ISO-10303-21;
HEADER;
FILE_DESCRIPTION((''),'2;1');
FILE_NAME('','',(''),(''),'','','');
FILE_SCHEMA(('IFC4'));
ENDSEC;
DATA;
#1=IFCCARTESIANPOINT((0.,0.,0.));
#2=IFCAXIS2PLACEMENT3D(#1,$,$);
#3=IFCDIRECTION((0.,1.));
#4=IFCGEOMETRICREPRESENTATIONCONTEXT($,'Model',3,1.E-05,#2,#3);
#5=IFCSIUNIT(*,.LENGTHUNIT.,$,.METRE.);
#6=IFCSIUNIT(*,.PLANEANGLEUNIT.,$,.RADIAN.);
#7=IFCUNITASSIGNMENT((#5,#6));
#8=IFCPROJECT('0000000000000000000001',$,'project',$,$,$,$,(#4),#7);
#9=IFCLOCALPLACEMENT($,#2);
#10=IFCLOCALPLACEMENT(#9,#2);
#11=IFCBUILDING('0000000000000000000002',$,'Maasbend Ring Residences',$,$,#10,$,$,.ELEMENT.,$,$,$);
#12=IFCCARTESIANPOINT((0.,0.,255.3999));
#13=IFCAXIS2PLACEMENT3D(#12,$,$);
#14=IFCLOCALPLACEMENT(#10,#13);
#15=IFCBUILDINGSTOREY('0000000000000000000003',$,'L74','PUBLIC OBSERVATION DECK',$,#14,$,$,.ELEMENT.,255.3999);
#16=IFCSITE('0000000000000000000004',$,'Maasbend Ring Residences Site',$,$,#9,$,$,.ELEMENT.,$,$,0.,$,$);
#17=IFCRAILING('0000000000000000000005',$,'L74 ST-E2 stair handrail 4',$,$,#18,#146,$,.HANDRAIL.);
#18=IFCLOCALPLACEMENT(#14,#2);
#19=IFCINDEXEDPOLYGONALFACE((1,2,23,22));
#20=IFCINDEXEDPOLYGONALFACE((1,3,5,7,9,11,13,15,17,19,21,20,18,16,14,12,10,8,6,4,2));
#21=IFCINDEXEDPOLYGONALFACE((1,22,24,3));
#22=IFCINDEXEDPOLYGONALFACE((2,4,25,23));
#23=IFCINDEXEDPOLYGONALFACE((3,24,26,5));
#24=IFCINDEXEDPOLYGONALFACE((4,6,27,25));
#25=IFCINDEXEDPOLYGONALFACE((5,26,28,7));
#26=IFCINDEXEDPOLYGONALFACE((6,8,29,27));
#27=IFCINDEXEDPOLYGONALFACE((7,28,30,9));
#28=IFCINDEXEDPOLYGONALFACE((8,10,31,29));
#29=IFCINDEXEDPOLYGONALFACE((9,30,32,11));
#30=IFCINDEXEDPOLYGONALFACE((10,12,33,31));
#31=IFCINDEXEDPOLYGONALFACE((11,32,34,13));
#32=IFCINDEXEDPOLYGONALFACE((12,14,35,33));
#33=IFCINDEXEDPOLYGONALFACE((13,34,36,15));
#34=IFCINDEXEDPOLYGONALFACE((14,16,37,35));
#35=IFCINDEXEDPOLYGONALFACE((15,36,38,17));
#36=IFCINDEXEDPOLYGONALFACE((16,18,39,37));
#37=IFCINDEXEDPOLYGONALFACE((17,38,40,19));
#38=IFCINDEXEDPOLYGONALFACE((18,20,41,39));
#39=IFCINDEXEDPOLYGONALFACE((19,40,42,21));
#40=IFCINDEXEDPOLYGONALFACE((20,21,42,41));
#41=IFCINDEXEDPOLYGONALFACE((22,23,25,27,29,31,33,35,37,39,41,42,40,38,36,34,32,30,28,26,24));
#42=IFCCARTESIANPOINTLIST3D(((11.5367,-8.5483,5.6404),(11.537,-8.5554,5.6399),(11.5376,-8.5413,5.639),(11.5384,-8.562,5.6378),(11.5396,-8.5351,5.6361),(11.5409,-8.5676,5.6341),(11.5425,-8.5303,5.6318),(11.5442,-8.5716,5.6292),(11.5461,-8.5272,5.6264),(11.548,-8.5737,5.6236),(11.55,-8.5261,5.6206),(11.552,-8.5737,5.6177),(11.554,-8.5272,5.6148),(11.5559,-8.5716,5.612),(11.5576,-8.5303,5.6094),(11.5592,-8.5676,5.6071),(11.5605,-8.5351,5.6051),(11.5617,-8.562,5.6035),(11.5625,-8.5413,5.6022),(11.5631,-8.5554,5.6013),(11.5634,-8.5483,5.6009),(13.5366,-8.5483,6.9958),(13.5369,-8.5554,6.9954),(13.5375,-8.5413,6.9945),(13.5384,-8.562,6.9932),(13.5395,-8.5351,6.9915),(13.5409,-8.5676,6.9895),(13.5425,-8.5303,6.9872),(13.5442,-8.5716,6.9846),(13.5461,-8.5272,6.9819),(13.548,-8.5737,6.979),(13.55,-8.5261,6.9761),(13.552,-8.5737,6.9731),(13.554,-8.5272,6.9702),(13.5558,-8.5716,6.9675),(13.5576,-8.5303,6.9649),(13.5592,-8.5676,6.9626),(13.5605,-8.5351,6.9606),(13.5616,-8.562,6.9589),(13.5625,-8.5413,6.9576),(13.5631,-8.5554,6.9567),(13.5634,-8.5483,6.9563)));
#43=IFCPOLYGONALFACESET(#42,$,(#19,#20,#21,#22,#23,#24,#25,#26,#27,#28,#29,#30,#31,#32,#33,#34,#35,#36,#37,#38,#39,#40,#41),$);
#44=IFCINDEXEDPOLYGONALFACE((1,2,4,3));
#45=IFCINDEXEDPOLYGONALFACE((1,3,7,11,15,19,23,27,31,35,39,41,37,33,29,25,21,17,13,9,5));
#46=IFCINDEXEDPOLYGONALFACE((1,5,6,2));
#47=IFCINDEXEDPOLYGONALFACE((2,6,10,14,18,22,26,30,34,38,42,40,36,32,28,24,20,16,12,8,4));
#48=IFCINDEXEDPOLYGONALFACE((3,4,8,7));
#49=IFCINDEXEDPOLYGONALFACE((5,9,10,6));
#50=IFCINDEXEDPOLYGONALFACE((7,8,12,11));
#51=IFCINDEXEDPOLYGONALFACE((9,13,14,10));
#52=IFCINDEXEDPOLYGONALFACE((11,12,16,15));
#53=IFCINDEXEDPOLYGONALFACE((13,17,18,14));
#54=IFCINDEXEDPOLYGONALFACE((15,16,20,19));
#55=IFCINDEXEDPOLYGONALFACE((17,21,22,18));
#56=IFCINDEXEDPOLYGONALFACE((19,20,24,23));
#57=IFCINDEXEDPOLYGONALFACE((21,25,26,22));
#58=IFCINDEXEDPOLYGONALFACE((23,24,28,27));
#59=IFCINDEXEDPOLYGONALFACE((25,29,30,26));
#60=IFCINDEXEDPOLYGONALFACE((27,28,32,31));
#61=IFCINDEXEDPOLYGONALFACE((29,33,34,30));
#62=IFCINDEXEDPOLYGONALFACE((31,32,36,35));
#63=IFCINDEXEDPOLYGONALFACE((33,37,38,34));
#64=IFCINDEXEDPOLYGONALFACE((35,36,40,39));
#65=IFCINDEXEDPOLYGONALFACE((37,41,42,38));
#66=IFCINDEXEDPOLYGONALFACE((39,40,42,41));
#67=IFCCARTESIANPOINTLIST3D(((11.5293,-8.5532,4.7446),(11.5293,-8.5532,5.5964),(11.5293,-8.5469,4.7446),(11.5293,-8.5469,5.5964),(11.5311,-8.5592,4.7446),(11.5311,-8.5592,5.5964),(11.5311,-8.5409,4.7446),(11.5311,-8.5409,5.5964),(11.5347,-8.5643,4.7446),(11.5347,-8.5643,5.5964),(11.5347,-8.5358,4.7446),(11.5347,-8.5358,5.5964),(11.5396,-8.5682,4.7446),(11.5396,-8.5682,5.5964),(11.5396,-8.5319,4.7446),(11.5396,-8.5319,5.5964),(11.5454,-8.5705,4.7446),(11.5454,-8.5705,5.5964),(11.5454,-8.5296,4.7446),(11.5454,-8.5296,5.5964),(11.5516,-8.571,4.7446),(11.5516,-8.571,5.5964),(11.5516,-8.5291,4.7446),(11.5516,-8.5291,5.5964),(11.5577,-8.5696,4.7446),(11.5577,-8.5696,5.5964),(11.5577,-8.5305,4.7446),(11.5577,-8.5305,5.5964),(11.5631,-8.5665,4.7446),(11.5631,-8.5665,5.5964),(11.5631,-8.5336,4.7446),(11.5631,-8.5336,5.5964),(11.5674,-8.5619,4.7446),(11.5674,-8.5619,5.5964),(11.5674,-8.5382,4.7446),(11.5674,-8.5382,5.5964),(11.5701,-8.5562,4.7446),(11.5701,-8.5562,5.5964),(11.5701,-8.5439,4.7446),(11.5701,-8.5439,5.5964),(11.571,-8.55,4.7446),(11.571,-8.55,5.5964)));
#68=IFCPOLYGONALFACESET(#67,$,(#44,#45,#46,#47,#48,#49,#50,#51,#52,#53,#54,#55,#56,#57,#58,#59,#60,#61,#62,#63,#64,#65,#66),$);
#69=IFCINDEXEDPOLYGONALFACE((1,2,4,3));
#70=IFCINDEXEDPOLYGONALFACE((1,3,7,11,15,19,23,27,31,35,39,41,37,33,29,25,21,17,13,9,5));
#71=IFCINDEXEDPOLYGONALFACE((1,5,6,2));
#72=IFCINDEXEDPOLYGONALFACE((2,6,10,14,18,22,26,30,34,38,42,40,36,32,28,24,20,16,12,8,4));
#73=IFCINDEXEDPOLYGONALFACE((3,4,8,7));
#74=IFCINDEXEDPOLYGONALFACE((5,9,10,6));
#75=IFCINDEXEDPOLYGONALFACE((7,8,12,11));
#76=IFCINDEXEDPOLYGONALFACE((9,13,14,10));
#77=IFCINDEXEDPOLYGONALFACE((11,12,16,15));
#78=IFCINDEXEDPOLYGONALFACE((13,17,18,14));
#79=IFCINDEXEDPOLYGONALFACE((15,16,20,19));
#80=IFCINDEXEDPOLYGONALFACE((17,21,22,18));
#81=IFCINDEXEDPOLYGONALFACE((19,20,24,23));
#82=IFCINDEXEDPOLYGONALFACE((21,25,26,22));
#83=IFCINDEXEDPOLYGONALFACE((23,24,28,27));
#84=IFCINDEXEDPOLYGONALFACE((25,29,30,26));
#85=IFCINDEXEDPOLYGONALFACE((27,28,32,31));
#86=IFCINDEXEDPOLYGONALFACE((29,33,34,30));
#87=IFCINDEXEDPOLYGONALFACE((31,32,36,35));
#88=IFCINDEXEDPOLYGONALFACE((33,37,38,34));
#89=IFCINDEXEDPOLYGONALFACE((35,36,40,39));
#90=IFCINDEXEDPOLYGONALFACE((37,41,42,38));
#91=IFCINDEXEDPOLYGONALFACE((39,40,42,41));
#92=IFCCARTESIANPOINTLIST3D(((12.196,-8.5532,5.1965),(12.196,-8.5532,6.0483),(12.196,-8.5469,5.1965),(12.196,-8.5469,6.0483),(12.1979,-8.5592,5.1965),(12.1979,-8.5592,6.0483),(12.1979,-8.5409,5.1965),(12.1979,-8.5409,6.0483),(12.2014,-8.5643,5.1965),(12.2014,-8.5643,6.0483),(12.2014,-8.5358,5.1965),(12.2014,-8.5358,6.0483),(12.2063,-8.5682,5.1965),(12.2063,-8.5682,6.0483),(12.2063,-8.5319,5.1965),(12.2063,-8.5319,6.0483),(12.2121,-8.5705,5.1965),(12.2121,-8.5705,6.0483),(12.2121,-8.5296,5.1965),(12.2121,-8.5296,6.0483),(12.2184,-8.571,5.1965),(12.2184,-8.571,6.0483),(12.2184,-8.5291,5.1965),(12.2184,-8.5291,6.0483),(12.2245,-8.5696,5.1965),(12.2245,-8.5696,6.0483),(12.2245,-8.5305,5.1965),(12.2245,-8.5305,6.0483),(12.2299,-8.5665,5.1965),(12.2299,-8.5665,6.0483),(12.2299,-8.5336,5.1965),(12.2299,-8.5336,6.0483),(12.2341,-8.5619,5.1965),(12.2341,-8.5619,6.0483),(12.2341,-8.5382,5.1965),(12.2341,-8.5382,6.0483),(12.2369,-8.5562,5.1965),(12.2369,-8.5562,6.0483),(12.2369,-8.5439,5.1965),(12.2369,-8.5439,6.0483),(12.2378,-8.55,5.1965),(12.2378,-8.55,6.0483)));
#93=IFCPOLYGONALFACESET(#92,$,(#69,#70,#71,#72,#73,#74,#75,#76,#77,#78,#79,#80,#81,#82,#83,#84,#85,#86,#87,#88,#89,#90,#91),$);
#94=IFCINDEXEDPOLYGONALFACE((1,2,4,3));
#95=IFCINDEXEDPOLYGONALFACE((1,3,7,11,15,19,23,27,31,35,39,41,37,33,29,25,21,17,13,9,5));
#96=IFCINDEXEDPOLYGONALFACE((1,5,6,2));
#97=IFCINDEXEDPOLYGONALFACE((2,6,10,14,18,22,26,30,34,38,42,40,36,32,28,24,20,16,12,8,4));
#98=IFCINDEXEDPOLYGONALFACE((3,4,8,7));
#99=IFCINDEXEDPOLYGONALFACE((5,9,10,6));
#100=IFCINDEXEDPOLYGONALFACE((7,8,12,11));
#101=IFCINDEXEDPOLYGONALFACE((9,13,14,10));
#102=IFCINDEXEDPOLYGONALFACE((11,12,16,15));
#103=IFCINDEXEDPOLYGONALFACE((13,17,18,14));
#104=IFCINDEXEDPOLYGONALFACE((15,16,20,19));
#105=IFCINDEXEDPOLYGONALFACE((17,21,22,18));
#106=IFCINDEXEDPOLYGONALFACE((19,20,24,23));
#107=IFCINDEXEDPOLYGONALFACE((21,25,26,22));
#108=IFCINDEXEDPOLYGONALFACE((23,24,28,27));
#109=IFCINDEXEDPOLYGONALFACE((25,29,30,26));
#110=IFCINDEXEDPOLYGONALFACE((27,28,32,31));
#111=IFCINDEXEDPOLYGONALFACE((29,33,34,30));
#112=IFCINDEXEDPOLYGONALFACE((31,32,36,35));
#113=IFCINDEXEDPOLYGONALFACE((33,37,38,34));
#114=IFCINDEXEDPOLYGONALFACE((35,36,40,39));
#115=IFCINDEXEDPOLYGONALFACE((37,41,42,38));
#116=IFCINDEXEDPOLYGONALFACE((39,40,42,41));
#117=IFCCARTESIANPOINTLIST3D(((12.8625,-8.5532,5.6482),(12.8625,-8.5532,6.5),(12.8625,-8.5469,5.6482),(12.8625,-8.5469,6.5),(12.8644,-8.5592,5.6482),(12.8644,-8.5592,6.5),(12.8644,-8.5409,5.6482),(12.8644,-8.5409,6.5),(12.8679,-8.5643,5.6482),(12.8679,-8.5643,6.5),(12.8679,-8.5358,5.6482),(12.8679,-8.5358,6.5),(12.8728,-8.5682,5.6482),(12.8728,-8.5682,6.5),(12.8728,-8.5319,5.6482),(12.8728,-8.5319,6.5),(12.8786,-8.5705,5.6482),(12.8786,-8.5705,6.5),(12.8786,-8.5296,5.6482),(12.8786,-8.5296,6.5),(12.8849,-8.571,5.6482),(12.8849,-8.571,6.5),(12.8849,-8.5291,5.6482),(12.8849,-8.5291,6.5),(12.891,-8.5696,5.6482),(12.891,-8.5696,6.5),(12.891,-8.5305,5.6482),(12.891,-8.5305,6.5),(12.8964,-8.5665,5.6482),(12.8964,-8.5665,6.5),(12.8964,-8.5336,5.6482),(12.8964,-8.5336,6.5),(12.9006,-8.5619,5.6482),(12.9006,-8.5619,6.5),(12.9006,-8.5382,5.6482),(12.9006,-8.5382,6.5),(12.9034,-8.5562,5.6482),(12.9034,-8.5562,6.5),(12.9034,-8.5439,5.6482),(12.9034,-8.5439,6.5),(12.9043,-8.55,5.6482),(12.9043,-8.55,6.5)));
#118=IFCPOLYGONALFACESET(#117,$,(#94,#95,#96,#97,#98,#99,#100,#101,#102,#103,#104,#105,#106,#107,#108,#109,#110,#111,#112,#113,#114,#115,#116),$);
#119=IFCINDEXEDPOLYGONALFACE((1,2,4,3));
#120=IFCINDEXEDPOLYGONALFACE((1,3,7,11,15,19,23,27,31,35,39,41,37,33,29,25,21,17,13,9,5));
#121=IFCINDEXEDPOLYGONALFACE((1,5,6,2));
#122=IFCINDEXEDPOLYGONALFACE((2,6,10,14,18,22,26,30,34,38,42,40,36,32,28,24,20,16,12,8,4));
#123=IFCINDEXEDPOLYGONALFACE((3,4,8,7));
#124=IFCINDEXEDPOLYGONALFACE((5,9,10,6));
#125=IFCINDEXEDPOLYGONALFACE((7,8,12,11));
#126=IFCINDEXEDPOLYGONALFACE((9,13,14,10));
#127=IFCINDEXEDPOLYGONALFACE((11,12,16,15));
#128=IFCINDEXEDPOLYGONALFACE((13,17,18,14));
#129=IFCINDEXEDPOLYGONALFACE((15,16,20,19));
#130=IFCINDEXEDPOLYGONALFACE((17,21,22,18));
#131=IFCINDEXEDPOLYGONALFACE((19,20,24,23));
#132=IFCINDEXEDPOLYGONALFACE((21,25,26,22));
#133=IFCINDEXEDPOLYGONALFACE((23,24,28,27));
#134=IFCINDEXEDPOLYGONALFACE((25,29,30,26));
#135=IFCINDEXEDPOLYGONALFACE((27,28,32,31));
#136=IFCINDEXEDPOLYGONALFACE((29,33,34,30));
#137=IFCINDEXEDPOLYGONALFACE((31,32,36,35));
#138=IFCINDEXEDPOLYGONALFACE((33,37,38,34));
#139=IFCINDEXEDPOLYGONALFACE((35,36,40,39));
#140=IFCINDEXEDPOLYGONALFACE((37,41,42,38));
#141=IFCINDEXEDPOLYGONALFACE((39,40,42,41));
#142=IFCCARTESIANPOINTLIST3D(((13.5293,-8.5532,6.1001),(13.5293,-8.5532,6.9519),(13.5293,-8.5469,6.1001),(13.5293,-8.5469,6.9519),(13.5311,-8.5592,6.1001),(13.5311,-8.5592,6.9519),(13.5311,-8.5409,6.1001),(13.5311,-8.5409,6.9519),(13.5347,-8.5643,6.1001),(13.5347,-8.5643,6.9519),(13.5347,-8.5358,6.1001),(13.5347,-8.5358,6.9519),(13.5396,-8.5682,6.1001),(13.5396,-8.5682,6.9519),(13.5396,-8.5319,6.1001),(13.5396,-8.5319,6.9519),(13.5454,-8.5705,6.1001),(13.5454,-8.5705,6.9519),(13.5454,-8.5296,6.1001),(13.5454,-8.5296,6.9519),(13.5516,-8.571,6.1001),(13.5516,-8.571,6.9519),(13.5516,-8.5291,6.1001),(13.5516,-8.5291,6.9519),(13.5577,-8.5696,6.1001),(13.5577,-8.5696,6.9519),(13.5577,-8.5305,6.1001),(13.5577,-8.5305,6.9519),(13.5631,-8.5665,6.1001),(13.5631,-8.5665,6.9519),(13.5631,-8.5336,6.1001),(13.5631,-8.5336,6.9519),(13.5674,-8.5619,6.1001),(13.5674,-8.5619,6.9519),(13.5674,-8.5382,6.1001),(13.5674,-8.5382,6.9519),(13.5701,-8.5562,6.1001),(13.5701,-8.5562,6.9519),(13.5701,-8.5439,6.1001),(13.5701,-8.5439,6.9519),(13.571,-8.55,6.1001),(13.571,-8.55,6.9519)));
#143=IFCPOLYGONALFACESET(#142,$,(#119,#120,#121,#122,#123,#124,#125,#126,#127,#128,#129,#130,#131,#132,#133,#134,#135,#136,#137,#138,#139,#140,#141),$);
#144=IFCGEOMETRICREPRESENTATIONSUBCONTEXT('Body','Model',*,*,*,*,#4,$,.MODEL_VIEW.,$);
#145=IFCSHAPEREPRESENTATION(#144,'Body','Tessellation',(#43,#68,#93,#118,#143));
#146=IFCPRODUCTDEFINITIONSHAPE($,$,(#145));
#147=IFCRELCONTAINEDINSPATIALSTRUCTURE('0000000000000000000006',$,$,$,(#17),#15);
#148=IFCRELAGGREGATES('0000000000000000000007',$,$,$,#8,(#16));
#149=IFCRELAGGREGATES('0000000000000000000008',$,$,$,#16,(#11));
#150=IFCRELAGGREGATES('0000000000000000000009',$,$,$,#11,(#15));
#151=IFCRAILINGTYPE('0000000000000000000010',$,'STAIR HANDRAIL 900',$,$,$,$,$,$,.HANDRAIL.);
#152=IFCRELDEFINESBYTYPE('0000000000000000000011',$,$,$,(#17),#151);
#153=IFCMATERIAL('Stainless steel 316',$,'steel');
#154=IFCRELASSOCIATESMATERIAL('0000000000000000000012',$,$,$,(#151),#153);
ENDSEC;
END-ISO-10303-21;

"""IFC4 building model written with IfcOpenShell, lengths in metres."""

from ifc_helpers import new_model, si_unit, direction, frame, origin, origin_2d, place, context, subcontext, project, spatial, circle, extrude, material, type_object, element, save


model = new_model("IFC4")

# Units and contexts
model_context = context("Model", 3, precision=1e-05, world=origin(), true_north=direction((0.0, 1.0)))
body_context = subcontext(model_context, "Body", "Model", "MODEL_VIEW")
ifc_project = project(units=[si_unit("LENGTHUNIT", "METRE"), si_unit("PLANEANGLEUNIT", "RADIAN")], contexts=[model_context])

# Site, building, storey
site_placement = place(None, origin())
site = spatial("IfcSite", under=ifc_project, at=site_placement, Name="Maasbend Ring Residences Site", CompositionType="ELEMENT", RefElevation=0.0)
building_placement = place(site_placement, origin())
building = spatial("IfcBuilding", under=site, at=building_placement, Name="Maasbend Ring Residences", CompositionType="ELEMENT")
storey_placement = place(building_placement, frame((0.0, 0.0, 255.3999)))
storey = spatial("IfcBuildingStorey", under=building, at=storey_placement, Name="L74", Description="PUBLIC OBSERVATION DECK", CompositionType="ELEMENT", Elevation=255.3999)

# Railing
ifc_material_1 = material(Name="Stainless steel 316", Category="steel")
railing_type_1 = type_object("IfcRailingType", Name="STAIR HANDRAIL 900", PredefinedType="HANDRAIL", material=ifc_material_1)
railing_1_placement = place(storey_placement, frame((11.55, -8.55, 4.7446)))
element("IfcRailing", 1, at=railing_1_placement, inside=storey, type_object=railing_type_1, Name="L74 ST-E2 stair handrail 4", PredefinedType="HANDRAIL", context=body_context, shape_type="SweptSolid", body=[
    extrude(circle(Radius=0.0239, at=origin_2d()), frame((0.0, 0.0, 0.876), z_axis=(0.827798, 0.0, 0.561027), x_axis=(0.0, 1.0, 0.0)), (0.0, 0.0, 1.0), 2.416),
    extrude(circle(Radius=0.021, at=origin_2d()), origin(), (0.0, 0.0, 1.0), 0.8518),
    extrude(circle(Radius=0.021, at=origin_2d()), frame((0.6667, 0.0, 0.4519)), (0.0, 0.0, 1.0), 0.8518),
    extrude(circle(Radius=0.021, at=origin_2d()), frame((1.3333, 0.0, 0.9036)), (0.0, 0.0, 1.0), 0.8518),
    extrude(circle(Radius=0.021, at=origin_2d()), frame((2.0, 0.0, 1.3555)), (0.0, 0.0, 1.0), 0.8518),
])

save(model, "model.ifc")
